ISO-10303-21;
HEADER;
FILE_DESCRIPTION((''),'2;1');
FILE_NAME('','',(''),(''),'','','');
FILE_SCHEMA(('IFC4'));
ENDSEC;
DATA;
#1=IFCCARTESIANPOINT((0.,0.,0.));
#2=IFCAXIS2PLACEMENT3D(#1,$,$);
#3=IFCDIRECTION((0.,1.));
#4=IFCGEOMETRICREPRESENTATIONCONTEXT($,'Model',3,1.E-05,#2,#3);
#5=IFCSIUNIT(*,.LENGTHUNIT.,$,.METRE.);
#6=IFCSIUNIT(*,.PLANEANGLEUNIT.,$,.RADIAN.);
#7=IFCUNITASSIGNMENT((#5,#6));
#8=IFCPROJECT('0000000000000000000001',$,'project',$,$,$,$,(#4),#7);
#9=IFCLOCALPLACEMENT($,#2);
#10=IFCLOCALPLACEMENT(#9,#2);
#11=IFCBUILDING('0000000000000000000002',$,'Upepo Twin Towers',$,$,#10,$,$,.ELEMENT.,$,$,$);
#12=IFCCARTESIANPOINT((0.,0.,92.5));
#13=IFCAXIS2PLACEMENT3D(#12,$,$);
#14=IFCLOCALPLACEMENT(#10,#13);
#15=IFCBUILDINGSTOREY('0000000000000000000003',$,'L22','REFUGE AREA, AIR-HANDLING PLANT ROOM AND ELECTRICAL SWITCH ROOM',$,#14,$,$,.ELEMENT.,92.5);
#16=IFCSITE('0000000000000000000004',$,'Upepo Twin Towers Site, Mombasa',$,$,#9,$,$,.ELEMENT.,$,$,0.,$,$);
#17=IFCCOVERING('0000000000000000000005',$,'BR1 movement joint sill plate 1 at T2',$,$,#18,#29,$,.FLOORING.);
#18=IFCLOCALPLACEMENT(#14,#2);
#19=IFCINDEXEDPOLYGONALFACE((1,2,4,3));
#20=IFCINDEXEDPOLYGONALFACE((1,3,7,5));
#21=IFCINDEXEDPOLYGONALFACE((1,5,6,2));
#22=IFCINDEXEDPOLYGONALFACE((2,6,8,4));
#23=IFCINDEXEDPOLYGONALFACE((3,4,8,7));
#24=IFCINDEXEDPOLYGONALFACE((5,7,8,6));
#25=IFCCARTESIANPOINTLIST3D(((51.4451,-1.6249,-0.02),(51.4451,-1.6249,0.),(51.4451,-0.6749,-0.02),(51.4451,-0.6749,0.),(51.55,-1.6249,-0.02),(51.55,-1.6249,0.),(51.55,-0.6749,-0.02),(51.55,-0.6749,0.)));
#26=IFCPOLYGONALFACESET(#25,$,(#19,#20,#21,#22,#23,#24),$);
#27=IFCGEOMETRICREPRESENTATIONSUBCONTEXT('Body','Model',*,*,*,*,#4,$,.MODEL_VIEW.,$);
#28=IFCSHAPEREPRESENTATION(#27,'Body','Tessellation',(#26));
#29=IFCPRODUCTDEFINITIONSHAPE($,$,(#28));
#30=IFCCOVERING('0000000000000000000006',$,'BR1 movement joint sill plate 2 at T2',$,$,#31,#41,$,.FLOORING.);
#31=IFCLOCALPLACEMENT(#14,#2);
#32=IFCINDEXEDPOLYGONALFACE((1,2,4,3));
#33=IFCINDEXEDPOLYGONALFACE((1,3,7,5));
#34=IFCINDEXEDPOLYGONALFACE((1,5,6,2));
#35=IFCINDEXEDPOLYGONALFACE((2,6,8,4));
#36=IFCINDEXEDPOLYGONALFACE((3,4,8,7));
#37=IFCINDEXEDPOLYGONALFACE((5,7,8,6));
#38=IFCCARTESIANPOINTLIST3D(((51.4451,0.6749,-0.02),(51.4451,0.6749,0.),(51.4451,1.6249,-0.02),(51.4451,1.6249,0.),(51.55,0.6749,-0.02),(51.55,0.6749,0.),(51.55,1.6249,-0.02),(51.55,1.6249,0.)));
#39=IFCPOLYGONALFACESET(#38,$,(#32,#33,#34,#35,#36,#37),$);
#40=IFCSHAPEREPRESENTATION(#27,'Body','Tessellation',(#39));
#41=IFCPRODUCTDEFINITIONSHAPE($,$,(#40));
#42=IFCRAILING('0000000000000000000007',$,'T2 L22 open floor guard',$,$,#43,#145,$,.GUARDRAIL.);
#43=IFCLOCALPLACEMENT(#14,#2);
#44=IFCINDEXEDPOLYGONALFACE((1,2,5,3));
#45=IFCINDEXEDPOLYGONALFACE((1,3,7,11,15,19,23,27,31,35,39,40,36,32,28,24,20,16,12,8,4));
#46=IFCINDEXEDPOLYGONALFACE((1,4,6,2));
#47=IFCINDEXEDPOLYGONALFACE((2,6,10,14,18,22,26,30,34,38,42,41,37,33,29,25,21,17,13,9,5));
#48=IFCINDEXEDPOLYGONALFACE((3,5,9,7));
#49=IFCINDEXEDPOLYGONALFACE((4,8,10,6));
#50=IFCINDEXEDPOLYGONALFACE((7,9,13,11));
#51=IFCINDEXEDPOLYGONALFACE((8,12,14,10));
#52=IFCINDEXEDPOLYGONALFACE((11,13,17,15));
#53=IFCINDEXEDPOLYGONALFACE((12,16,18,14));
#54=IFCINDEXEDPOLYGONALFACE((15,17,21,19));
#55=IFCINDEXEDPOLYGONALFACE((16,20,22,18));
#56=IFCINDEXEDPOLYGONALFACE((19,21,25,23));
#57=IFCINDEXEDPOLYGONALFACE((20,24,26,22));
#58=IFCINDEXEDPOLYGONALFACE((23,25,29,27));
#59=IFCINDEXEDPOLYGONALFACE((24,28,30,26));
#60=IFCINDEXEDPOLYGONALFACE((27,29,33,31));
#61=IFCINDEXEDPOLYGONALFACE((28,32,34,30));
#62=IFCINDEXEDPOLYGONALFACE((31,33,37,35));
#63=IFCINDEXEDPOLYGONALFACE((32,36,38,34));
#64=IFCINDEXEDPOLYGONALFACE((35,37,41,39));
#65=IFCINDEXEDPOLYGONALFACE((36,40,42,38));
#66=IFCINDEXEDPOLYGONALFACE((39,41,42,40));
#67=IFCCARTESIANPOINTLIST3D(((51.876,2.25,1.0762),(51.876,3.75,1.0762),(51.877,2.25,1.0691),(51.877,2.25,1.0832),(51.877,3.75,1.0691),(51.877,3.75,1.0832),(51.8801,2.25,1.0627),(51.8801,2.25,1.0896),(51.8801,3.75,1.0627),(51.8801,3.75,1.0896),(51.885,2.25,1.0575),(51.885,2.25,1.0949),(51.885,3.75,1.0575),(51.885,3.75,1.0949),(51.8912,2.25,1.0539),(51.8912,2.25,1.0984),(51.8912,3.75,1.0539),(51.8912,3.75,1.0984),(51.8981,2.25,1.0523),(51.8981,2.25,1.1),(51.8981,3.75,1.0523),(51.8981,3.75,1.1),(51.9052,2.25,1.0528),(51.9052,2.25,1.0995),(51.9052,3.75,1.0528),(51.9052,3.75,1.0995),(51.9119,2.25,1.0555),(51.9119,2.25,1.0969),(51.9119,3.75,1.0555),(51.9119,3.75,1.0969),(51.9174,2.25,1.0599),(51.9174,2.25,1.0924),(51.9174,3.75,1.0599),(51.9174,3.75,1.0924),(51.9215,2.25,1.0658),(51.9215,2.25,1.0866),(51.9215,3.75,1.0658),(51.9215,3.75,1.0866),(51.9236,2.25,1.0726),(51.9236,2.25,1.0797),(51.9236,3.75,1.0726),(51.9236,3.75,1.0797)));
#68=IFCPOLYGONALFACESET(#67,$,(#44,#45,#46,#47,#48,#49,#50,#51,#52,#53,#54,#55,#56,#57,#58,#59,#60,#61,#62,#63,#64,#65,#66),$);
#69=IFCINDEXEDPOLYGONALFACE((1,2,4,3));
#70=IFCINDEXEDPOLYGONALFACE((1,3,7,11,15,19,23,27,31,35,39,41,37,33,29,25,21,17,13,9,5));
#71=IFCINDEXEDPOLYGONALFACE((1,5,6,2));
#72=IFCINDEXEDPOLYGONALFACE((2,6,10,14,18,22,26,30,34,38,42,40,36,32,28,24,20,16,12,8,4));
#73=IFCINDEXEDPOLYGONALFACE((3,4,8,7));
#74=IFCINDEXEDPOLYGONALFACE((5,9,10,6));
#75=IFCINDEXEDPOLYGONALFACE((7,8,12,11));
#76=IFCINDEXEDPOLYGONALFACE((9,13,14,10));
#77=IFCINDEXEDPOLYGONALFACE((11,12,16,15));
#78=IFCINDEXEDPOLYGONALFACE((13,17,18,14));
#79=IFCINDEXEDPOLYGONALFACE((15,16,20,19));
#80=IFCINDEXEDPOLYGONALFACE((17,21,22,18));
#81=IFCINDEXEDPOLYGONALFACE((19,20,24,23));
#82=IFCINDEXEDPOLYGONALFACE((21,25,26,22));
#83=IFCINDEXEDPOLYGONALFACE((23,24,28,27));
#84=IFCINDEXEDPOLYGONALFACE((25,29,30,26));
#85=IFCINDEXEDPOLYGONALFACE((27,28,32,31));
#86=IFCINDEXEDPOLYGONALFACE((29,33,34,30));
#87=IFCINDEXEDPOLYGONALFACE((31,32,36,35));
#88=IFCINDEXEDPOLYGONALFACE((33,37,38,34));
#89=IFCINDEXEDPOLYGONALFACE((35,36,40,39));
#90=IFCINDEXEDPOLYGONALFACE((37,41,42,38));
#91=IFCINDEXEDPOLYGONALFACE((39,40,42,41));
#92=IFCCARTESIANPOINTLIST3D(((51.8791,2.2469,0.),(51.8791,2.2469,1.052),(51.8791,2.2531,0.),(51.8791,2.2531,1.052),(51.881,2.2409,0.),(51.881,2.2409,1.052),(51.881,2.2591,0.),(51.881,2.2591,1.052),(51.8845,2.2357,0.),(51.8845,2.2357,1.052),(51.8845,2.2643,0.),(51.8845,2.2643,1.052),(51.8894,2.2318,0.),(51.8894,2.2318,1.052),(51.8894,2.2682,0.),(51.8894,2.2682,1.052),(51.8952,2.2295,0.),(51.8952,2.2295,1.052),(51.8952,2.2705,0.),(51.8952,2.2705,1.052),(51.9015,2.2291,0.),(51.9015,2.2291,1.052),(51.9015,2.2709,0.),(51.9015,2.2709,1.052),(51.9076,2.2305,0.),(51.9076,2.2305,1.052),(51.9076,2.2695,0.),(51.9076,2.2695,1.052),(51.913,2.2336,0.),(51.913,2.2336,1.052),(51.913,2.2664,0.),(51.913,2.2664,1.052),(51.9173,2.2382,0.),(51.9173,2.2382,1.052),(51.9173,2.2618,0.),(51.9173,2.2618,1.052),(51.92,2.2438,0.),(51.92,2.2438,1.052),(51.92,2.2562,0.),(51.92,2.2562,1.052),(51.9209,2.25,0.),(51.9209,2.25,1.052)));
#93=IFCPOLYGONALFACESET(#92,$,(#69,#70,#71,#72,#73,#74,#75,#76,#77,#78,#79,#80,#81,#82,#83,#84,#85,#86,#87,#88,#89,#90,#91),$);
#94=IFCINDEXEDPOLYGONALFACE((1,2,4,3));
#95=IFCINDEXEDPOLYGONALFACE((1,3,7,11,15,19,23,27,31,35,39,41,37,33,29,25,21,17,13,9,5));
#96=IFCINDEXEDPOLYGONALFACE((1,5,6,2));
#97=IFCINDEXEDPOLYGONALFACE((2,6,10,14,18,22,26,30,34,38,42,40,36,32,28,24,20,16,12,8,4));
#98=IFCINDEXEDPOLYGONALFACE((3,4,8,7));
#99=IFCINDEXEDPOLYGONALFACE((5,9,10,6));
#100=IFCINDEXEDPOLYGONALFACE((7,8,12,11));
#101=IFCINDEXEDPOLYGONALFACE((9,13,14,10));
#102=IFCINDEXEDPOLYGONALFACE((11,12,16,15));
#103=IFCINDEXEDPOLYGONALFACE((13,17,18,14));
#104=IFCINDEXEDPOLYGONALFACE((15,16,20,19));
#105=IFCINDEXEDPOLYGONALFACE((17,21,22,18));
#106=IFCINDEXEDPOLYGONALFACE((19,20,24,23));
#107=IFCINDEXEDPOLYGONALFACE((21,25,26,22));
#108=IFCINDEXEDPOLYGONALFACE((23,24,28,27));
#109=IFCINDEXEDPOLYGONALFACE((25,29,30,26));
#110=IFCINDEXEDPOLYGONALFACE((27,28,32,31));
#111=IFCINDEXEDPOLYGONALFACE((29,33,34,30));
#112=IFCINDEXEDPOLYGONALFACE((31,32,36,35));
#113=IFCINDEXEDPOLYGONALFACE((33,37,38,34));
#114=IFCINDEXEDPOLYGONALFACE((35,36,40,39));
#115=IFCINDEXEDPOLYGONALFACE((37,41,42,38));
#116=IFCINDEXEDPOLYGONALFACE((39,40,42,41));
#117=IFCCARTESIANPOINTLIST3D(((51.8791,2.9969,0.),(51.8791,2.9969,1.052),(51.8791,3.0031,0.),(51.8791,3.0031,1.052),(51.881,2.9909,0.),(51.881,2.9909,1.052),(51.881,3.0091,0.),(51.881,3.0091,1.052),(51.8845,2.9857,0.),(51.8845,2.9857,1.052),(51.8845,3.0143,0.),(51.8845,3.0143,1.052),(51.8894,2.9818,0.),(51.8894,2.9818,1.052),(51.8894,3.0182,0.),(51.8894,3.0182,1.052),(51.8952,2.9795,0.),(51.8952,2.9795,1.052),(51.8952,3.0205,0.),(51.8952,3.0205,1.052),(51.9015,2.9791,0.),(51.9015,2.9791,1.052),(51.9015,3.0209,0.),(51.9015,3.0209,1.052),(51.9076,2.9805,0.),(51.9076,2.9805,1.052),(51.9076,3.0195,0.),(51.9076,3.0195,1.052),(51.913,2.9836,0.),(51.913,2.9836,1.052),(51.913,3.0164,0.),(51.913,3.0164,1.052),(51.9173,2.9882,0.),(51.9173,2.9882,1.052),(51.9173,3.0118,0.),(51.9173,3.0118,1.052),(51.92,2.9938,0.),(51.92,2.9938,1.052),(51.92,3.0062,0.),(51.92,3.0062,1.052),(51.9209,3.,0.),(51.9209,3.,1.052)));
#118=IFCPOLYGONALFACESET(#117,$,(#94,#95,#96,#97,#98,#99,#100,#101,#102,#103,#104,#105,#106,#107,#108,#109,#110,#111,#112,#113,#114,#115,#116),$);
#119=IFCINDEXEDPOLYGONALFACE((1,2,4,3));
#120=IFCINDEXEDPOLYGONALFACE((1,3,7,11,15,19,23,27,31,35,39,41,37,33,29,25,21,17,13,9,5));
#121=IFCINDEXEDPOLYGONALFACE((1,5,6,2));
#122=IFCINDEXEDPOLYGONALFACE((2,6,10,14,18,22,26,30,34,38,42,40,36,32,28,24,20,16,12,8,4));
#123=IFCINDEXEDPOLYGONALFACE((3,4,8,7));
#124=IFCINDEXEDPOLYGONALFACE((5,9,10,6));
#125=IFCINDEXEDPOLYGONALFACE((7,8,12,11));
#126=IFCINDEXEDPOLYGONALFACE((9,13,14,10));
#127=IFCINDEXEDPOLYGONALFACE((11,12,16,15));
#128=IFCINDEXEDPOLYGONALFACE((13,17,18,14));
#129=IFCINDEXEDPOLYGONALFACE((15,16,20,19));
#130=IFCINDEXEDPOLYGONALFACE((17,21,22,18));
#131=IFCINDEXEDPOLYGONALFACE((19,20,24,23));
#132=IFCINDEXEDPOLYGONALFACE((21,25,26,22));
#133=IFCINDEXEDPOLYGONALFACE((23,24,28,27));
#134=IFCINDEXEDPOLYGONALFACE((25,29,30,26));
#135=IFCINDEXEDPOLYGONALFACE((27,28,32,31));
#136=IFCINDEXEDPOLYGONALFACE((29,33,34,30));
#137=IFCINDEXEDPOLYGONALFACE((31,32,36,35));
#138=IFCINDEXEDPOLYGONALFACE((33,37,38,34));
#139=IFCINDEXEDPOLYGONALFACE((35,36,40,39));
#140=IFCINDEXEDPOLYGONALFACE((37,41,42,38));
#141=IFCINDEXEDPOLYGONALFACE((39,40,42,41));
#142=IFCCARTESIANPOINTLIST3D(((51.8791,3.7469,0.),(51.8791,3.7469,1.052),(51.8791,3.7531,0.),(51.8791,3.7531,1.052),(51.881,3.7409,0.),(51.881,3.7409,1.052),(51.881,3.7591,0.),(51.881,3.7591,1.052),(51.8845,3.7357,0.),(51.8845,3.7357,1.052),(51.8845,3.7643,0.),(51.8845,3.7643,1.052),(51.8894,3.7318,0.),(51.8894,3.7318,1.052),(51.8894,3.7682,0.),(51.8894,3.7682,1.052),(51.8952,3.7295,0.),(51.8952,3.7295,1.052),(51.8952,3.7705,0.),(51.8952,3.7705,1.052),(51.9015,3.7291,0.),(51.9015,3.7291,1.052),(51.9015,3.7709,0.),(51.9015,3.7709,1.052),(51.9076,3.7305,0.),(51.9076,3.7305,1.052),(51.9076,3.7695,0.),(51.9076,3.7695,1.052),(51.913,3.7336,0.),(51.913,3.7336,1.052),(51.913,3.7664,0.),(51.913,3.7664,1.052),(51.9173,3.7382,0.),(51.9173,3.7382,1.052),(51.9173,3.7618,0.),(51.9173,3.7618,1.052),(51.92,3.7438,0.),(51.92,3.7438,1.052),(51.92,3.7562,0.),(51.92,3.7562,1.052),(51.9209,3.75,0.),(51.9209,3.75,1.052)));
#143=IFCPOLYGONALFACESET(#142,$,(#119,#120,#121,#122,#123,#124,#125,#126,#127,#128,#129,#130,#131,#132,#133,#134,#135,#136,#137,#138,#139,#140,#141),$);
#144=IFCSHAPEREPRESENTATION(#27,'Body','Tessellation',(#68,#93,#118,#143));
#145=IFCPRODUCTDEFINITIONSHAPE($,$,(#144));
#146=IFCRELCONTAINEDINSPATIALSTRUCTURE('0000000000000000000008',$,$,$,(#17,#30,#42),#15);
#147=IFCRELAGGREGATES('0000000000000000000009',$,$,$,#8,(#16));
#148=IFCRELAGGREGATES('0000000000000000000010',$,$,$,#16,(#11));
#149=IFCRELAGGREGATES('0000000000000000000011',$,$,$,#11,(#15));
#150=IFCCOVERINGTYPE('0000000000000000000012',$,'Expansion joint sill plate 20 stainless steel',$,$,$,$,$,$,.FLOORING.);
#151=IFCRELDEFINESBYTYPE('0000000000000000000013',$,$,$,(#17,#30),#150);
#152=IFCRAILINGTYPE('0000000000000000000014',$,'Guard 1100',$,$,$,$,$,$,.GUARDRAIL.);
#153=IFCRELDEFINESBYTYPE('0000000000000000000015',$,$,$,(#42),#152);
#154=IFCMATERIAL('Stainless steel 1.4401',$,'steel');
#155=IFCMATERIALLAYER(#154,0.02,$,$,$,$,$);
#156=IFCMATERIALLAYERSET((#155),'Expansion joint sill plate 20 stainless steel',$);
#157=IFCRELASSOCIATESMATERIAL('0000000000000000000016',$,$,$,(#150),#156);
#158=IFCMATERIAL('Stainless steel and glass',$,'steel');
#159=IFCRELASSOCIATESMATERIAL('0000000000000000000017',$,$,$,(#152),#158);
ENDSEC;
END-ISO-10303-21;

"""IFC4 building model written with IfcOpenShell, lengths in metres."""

from ifc_helpers import new_model, si_unit, direction, frame, origin, origin_2d, place, context, subcontext, project, spatial, rectangle, circle, extrude, material, layer, layer_set, type_object, element, save


model = new_model("IFC4")

# Units and contexts
model_context = context("Model", 3, precision=1e-05, world=origin(), true_north=direction((0.0, 1.0)))
body_context = subcontext(model_context, "Body", "Model", "MODEL_VIEW")
ifc_project = project(units=[si_unit("LENGTHUNIT", "METRE"), si_unit("PLANEANGLEUNIT", "RADIAN")], contexts=[model_context])

# Site, building, storey
site_placement = place(None, origin())
site = spatial("IfcSite", under=ifc_project, at=site_placement, Name="Upepo Twin Towers Site, Mombasa", CompositionType="ELEMENT", RefElevation=0.0)
building_placement = place(site_placement, origin())
building = spatial("IfcBuilding", under=site, at=building_placement, Name="Upepo Twin Towers", CompositionType="ELEMENT")
storey_placement = place(building_placement, frame((0.0, 0.0, 92.5)))
storey = spatial("IfcBuildingStorey", under=building, at=storey_placement, Name="L22", Description="REFUGE AREA, AIR-HANDLING PLANT ROOM AND ELECTRICAL SWITCH ROOM", CompositionType="ELEMENT", Elevation=92.5)

# Coverings
ifc_material_1 = material(Name="Stainless steel 1.4401", Category="steel")
ifc_layer_1 = layer(ifc_material_1, 0.02)
ifc_layer_set_1 = layer_set([ifc_layer_1], Name="Expansion joint sill plate 20 stainless steel")
covering_type = type_object("IfcCoveringType", Name="Expansion joint sill plate 20 stainless steel", PredefinedType="FLOORING", material=ifc_layer_set_1)
for number, where, z_axis, x_axis, name in (
    (1, (51.4976, -1.1499, -0.02), (0.0, 0.0, 1.0), (1.0, 0.0, 0.0), "BR1 movement joint sill plate 1 at T2"),
    (2, (51.4976, 1.1499, -0.02), (0.0, 0.0, 1.0), (1.0, 0.0, 0.0), "BR1 movement joint sill plate 2 at T2"),
):
    element("IfcCovering", number, at=place(storey_placement, frame(where, z_axis=z_axis, x_axis=x_axis)), inside=storey, type_object=covering_type, Name=name, PredefinedType="FLOORING", context=body_context, shape_type="SweptSolid", body=[
        extrude(rectangle(XDim=0.105, YDim=0.95, at=origin_2d()), origin(), (0.0, 0.0, 1.0), 0.02),
    ])

# Railing
ifc_material_2 = material(Name="Stainless steel and glass", Category="steel")
railing_type = type_object("IfcRailingType", Name="Guard 1100", PredefinedType="GUARDRAIL", material=ifc_material_2)
railing_1_placement = place(storey_placement, frame((51.8999, 2.25, 0.0)))
element("IfcRailing", 3, at=railing_1_placement, inside=storey, type_object=railing_type, Name="T2 L22 open floor guard", PredefinedType="GUARDRAIL", context=body_context, shape_type="SweptSolid", body=[
    extrude(circle(Radius=0.0239, at=origin_2d()), frame((0.0, 0.0, 1.0762), z_axis=(0.0, 1.0, 0.0), x_axis=(-1.0, 0.0, 0.0)), (0.0, 0.0, 1.0), 1.5),
    extrude(circle(Radius=0.021, at=origin_2d()), origin(), (0.0, 0.0, 1.0), 1.052),
    extrude(circle(Radius=0.021, at=origin_2d()), frame((0.0, 0.75, 0.0)), (0.0, 0.0, 1.0), 1.052),
    extrude(circle(Radius=0.021, at=origin_2d()), frame((0.0, 1.5, 0.0)), (0.0, 0.0, 1.0), 1.052),
])

save(model, "model.ifc")
